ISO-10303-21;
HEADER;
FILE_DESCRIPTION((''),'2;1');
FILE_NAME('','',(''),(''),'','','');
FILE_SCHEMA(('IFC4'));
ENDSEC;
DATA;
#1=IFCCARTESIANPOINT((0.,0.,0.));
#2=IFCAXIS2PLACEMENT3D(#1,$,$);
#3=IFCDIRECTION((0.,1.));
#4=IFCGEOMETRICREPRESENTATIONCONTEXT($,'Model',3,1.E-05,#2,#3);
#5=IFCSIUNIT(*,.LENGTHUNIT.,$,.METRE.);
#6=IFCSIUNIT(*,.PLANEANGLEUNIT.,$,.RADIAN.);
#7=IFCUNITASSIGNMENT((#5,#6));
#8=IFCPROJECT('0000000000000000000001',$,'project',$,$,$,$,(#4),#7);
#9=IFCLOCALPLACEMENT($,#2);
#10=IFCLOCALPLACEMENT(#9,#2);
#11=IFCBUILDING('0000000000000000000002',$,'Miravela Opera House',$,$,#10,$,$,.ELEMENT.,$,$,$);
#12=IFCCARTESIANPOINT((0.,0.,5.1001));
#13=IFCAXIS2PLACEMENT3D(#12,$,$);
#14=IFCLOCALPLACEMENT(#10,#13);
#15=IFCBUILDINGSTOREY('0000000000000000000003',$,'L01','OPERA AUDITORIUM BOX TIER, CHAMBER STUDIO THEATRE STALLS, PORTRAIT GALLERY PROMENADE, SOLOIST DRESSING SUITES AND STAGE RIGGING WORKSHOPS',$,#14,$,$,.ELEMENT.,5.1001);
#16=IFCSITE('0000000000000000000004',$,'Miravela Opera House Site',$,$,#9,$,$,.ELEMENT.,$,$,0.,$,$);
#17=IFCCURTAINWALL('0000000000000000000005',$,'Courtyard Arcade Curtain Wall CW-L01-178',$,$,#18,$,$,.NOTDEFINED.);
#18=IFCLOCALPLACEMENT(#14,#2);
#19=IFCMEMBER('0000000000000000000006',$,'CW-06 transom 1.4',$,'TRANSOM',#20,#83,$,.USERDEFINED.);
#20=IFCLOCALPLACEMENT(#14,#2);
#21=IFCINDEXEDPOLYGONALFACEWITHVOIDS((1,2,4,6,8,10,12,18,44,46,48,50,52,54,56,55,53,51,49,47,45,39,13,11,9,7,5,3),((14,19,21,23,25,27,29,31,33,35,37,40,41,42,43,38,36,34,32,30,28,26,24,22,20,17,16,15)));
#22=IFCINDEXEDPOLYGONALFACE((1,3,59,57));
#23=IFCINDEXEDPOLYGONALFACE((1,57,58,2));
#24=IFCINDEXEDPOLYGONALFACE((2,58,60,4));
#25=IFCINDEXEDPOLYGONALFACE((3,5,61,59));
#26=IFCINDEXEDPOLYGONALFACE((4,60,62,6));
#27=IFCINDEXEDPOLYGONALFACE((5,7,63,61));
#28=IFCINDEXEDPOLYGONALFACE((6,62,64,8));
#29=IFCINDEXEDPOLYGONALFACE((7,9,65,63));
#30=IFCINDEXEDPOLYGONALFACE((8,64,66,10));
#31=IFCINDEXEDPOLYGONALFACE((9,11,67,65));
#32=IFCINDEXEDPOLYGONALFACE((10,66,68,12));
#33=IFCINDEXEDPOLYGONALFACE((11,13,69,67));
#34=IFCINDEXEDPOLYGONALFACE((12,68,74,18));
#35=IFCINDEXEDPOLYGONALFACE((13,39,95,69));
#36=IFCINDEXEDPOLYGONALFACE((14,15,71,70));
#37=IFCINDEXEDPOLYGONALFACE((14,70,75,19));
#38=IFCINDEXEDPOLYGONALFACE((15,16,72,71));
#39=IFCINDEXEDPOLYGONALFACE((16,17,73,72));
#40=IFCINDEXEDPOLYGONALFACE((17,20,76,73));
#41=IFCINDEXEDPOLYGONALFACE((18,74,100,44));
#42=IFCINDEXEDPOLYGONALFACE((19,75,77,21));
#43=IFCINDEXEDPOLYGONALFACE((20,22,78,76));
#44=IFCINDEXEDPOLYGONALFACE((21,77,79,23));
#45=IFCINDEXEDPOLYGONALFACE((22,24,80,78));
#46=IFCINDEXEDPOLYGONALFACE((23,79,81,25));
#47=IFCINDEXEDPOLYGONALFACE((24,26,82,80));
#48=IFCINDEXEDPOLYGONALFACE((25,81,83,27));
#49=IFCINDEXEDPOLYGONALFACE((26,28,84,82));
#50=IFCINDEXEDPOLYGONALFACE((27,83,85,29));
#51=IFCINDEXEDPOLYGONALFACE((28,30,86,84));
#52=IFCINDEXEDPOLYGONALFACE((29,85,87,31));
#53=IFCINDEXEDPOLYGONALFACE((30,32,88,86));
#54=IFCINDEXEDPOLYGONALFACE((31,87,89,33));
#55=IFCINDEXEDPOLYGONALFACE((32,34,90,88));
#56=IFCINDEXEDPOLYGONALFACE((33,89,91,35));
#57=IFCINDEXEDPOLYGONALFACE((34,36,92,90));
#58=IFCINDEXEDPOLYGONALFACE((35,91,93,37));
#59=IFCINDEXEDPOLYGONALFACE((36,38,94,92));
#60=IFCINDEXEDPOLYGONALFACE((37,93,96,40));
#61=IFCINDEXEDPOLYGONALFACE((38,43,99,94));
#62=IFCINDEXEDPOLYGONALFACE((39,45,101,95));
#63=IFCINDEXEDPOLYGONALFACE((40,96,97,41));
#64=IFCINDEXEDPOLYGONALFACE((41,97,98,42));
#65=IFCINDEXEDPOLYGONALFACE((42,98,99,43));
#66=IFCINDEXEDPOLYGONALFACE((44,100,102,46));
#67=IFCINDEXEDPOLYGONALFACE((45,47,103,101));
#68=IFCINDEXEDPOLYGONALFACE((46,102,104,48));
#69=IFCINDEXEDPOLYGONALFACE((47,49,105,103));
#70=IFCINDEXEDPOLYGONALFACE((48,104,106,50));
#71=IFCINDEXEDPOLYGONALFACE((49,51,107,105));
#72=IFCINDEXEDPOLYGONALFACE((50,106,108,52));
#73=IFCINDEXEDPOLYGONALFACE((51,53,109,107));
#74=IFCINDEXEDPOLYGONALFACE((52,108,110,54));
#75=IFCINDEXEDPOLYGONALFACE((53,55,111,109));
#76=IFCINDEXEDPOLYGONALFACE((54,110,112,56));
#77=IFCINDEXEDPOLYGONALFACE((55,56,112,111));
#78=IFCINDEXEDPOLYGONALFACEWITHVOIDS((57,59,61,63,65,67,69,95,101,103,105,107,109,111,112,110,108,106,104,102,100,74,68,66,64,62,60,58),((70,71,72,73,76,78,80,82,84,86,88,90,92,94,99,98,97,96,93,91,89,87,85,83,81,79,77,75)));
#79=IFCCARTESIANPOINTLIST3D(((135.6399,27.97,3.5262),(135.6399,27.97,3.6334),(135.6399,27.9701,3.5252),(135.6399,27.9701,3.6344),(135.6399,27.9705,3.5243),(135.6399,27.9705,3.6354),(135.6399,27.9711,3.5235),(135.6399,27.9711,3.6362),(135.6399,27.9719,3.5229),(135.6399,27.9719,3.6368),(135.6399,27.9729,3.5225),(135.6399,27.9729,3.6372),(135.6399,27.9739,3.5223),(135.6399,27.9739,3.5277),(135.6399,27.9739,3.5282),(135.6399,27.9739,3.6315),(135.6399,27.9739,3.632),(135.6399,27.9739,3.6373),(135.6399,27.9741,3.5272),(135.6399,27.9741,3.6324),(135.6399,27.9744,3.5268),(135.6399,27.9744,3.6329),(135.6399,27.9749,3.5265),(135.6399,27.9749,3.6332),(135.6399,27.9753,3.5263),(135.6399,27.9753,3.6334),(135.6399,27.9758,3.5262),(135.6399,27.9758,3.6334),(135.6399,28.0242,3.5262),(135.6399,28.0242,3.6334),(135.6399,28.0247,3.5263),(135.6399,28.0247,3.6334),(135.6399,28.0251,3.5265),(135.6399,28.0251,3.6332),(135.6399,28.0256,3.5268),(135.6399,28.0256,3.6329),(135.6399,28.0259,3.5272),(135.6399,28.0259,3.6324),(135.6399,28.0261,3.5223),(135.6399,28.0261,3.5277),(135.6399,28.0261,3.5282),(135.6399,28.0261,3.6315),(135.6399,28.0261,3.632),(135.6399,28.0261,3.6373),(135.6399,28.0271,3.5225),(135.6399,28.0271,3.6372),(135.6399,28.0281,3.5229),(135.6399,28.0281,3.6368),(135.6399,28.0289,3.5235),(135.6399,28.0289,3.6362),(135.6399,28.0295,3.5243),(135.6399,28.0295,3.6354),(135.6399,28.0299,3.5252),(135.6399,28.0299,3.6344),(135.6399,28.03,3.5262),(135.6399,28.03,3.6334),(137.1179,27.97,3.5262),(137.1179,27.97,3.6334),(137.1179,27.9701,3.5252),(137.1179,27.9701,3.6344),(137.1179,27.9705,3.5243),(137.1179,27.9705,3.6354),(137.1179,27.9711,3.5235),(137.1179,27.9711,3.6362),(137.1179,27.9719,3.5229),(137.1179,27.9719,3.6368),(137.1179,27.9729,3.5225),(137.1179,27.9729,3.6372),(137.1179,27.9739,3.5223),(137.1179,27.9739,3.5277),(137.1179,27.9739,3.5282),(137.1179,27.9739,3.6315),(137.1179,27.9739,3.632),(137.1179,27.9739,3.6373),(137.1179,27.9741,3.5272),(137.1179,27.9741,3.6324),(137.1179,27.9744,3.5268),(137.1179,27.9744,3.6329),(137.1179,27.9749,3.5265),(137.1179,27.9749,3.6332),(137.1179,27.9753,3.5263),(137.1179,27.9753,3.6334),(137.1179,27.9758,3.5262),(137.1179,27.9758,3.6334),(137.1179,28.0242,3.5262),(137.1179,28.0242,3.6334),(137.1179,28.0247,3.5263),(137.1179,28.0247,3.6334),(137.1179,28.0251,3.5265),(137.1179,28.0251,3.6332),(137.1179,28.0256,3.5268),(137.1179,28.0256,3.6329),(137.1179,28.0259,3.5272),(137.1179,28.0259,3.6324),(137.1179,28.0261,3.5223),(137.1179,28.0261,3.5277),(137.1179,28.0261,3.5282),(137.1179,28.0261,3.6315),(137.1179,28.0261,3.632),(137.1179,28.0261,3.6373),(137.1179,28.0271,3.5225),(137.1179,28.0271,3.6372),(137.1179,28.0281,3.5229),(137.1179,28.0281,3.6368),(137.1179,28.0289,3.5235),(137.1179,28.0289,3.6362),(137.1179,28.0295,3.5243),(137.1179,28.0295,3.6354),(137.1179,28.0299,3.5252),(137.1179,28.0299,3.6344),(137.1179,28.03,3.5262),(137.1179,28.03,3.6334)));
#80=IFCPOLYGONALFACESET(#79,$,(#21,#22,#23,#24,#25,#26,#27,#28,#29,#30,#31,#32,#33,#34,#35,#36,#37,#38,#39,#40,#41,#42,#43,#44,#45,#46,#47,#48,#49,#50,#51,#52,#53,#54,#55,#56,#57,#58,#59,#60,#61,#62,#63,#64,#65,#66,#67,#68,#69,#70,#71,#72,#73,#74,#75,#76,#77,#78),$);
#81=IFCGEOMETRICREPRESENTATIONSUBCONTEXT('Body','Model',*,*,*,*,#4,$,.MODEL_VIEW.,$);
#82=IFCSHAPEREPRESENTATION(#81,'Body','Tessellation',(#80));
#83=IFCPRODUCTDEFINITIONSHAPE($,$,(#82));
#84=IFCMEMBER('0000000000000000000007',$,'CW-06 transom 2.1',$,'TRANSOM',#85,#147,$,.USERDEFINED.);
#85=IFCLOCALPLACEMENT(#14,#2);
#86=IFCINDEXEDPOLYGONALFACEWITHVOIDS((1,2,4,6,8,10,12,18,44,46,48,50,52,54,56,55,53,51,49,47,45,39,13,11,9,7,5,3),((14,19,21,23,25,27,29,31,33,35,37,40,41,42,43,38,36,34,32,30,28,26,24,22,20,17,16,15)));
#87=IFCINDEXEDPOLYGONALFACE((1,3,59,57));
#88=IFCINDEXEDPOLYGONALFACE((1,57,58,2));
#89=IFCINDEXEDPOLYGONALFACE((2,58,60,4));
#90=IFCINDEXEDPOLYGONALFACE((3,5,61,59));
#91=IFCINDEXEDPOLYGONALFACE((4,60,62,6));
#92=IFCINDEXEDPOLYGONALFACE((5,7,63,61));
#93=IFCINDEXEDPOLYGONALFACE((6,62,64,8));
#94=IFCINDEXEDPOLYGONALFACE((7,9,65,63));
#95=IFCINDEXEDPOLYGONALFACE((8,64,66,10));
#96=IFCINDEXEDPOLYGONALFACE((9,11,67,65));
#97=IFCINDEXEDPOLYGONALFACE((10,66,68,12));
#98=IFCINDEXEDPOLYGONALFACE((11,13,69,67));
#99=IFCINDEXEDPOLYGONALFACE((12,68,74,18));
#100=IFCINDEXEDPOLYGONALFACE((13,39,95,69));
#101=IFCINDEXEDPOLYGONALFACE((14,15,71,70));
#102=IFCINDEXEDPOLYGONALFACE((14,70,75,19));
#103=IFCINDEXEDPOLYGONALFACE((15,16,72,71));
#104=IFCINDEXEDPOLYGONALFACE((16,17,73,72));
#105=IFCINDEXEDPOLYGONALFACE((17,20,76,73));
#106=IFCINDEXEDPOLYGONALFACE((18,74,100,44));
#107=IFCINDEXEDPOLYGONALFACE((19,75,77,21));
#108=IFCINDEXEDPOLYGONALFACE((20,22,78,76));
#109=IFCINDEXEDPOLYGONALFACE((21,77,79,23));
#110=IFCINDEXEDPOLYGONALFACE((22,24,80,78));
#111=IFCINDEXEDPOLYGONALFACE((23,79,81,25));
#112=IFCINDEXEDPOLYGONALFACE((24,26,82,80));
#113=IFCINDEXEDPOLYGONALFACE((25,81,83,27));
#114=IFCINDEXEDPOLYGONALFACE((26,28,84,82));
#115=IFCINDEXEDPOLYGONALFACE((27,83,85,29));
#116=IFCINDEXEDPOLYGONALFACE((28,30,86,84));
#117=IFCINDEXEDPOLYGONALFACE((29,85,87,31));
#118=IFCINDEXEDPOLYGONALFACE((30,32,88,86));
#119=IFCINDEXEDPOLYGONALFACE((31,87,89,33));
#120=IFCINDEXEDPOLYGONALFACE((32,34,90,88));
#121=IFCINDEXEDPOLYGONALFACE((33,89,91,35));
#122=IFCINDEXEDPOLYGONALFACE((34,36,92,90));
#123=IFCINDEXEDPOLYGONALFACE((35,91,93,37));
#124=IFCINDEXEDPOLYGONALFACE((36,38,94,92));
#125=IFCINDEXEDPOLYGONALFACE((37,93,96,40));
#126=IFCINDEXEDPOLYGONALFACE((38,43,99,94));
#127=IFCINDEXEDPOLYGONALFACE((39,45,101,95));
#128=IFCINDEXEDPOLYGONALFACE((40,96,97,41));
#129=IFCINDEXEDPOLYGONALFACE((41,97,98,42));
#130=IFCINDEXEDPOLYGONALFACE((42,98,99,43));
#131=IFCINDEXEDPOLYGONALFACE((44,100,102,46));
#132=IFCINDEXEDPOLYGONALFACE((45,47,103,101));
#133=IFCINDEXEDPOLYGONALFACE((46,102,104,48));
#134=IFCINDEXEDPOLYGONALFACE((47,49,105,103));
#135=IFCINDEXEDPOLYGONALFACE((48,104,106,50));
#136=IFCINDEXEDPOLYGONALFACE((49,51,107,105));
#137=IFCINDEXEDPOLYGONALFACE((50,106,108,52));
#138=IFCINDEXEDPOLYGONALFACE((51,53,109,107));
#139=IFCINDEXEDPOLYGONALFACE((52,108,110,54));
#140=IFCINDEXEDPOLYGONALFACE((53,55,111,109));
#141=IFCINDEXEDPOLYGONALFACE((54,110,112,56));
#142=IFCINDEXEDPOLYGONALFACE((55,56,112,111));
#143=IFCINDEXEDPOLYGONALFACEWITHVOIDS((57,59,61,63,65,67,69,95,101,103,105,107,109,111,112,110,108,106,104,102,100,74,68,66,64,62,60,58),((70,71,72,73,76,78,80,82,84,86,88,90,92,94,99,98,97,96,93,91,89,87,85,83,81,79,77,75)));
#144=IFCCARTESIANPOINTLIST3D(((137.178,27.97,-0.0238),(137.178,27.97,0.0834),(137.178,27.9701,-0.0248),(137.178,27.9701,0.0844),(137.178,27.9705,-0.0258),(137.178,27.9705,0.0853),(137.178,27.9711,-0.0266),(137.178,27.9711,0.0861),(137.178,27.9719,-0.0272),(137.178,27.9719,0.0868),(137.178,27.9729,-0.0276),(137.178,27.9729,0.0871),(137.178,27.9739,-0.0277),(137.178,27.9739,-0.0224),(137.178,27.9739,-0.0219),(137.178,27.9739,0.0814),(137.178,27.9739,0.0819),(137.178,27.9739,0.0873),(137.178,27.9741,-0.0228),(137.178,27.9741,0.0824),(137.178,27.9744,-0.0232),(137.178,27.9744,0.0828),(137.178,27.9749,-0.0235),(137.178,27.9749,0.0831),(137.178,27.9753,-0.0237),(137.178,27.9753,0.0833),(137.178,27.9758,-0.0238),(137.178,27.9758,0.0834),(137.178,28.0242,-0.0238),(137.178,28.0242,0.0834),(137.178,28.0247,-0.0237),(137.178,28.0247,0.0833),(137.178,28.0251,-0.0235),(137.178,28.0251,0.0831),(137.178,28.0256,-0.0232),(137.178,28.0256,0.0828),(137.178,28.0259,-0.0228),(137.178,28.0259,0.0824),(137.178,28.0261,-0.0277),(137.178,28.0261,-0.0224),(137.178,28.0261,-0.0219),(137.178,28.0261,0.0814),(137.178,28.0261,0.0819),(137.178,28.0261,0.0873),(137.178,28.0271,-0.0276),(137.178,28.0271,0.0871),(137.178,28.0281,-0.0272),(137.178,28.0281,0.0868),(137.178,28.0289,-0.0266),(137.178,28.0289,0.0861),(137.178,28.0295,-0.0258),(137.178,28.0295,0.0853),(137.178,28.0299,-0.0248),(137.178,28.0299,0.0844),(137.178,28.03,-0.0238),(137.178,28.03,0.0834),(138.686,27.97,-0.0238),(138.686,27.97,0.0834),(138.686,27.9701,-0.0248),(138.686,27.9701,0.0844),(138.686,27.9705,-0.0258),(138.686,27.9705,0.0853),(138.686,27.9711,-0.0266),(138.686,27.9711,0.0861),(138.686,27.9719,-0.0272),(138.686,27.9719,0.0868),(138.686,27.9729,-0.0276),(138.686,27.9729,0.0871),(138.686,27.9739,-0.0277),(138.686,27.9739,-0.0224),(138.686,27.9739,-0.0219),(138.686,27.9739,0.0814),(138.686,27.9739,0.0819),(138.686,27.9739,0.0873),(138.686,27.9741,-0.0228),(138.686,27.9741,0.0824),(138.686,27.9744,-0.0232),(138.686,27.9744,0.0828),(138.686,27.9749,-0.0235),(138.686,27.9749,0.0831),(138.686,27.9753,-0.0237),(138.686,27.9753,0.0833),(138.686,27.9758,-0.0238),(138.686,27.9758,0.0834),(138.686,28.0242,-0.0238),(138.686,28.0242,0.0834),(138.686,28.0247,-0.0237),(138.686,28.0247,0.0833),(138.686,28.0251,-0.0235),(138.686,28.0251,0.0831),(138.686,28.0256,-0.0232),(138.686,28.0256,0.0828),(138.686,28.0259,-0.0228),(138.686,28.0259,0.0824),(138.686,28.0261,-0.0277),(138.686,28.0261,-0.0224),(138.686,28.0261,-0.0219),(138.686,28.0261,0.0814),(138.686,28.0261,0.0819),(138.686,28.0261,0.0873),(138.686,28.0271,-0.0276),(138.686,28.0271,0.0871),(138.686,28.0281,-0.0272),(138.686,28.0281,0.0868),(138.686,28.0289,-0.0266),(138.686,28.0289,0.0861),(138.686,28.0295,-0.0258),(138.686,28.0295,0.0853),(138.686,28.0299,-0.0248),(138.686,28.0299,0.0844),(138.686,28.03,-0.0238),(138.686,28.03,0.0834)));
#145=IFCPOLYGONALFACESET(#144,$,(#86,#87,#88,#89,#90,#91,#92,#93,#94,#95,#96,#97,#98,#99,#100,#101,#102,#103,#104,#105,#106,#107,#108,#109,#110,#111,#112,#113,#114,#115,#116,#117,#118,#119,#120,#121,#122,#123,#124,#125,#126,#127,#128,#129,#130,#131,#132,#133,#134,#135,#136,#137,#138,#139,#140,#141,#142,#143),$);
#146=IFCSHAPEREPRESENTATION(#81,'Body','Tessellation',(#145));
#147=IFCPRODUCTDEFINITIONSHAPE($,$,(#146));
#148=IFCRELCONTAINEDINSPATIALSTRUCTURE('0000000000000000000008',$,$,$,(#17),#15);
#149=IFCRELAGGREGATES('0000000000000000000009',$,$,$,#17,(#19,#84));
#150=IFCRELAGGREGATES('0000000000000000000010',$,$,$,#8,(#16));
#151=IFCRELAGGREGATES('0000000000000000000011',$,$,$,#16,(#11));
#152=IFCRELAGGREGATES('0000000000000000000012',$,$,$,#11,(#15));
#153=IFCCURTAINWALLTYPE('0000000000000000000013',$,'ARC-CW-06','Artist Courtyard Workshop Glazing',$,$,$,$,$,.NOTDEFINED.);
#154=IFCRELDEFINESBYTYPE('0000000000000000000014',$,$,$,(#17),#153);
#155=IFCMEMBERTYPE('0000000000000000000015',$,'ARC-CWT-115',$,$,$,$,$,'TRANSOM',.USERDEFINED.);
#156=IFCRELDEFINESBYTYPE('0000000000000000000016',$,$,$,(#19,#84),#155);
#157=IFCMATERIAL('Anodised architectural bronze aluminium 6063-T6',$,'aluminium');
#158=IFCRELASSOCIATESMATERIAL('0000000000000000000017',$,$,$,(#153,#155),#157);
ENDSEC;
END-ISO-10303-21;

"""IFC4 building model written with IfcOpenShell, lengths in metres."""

from ifc_helpers import new_model, si_unit, direction, frame, origin, origin_2d, place, context, subcontext, project, spatial, hollow_rectangle, extrude, material, material_profile, profile_set, type_object, element, aggregate, save


model = new_model("IFC4")

# Units and contexts
model_context = context("Model", 3, precision=1e-05, world=origin(), true_north=direction((0.0, 1.0)))
body_context = subcontext(model_context, "Body", "Model", "MODEL_VIEW")
ifc_project = project(units=[si_unit("LENGTHUNIT", "METRE"), si_unit("PLANEANGLEUNIT", "RADIAN")], contexts=[model_context])

# Site, building, storey
site_placement = place(None, origin())
site = spatial("IfcSite", under=ifc_project, at=site_placement, Name="Miravela Opera House Site", CompositionType="ELEMENT", RefElevation=0.0)
building_placement = place(site_placement, origin())
building = spatial("IfcBuilding", under=site, at=building_placement, Name="Miravela Opera House", CompositionType="ELEMENT")
storey_placement = place(building_placement, frame((0.0, 0.0, 5.1001)))
storey = spatial("IfcBuildingStorey", under=building, at=storey_placement, Name="L01", Description="OPERA AUDITORIUM BOX TIER, CHAMBER STUDIO THEATRE STALLS, PORTRAIT GALLERY PROMENADE, SOLOIST DRESSING SUITES AND STAGE RIGGING WORKSHOPS", CompositionType="ELEMENT", Elevation=5.1001)

# Curtain wall, members
ifc_material_1 = material(Name="Anodised architectural bronze aluminium 6063-T6", Category="aluminium")
curtain_wall_type = type_object("IfcCurtainWallType", Name="ARC-CW-06", Description="Artist Courtyard Workshop Glazing", PredefinedType="NOTDEFINED", material=ifc_material_1)
curtain_wall_placement = place(storey_placement, origin())
curtain_wall = element("IfcCurtainWall", 1, at=curtain_wall_placement, inside=storey, type_object=curtain_wall_type, Name="Courtyard Arcade Curtain Wall CW-L01-178", PredefinedType="NOTDEFINED")
ifc_material_profile_1 = material_profile(ifc_material_1, hollow_rectangle(XDim=0.0601, YDim=0.115, WallThickness=0.0039, InnerFilletRadius=0.002, OuterFilletRadius=0.0039, at=origin_2d()), Name="CWT-60X115")
ifc_profile_set_1 = profile_set([ifc_material_profile_1])
member_type_1 = type_object("IfcMemberType", Name="ARC-CWT-115", ElementType="TRANSOM", PredefinedType="USERDEFINED", material=ifc_profile_set_1)
member_1_placement = place(storey_placement, frame((135.6399, 28.0, 3.5798), z_axis=(1.0, 0.0, 0.0), x_axis=(0.0, 1.0, 0.0)))
member_1 = element("IfcMember", 2, at=member_1_placement, type_object=member_type_1, Name="CW-06 transom 1.4", ObjectType="TRANSOM", PredefinedType="USERDEFINED", context=body_context, shape_type="SweptSolid", body=[
    extrude(hollow_rectangle(XDim=0.0601, YDim=0.115, WallThickness=0.0039, InnerFilletRadius=0.002, OuterFilletRadius=0.0039, at=origin_2d()), origin(), (0.0, 0.0, 1.0), 1.478),
])
member_2_placement = place(storey_placement, frame((137.178, 28.0, 0.0298), z_axis=(1.0, 0.0, 0.0), x_axis=(0.0, 1.0, 0.0)))
member_2 = element("IfcMember", 3, at=member_2_placement, type_object=member_type_1, Name="CW-06 transom 2.1", ObjectType="TRANSOM", PredefinedType="USERDEFINED", context=body_context, shape_type="SweptSolid", body=[
    extrude(hollow_rectangle(XDim=0.0601, YDim=0.115, WallThickness=0.0039, InnerFilletRadius=0.002, OuterFilletRadius=0.0039, at=origin_2d()), origin(), (0.0, 0.0, 1.0), 1.5081),
])

aggregate(curtain_wall, [member_1, member_2])

save(model, "model.ifc")
